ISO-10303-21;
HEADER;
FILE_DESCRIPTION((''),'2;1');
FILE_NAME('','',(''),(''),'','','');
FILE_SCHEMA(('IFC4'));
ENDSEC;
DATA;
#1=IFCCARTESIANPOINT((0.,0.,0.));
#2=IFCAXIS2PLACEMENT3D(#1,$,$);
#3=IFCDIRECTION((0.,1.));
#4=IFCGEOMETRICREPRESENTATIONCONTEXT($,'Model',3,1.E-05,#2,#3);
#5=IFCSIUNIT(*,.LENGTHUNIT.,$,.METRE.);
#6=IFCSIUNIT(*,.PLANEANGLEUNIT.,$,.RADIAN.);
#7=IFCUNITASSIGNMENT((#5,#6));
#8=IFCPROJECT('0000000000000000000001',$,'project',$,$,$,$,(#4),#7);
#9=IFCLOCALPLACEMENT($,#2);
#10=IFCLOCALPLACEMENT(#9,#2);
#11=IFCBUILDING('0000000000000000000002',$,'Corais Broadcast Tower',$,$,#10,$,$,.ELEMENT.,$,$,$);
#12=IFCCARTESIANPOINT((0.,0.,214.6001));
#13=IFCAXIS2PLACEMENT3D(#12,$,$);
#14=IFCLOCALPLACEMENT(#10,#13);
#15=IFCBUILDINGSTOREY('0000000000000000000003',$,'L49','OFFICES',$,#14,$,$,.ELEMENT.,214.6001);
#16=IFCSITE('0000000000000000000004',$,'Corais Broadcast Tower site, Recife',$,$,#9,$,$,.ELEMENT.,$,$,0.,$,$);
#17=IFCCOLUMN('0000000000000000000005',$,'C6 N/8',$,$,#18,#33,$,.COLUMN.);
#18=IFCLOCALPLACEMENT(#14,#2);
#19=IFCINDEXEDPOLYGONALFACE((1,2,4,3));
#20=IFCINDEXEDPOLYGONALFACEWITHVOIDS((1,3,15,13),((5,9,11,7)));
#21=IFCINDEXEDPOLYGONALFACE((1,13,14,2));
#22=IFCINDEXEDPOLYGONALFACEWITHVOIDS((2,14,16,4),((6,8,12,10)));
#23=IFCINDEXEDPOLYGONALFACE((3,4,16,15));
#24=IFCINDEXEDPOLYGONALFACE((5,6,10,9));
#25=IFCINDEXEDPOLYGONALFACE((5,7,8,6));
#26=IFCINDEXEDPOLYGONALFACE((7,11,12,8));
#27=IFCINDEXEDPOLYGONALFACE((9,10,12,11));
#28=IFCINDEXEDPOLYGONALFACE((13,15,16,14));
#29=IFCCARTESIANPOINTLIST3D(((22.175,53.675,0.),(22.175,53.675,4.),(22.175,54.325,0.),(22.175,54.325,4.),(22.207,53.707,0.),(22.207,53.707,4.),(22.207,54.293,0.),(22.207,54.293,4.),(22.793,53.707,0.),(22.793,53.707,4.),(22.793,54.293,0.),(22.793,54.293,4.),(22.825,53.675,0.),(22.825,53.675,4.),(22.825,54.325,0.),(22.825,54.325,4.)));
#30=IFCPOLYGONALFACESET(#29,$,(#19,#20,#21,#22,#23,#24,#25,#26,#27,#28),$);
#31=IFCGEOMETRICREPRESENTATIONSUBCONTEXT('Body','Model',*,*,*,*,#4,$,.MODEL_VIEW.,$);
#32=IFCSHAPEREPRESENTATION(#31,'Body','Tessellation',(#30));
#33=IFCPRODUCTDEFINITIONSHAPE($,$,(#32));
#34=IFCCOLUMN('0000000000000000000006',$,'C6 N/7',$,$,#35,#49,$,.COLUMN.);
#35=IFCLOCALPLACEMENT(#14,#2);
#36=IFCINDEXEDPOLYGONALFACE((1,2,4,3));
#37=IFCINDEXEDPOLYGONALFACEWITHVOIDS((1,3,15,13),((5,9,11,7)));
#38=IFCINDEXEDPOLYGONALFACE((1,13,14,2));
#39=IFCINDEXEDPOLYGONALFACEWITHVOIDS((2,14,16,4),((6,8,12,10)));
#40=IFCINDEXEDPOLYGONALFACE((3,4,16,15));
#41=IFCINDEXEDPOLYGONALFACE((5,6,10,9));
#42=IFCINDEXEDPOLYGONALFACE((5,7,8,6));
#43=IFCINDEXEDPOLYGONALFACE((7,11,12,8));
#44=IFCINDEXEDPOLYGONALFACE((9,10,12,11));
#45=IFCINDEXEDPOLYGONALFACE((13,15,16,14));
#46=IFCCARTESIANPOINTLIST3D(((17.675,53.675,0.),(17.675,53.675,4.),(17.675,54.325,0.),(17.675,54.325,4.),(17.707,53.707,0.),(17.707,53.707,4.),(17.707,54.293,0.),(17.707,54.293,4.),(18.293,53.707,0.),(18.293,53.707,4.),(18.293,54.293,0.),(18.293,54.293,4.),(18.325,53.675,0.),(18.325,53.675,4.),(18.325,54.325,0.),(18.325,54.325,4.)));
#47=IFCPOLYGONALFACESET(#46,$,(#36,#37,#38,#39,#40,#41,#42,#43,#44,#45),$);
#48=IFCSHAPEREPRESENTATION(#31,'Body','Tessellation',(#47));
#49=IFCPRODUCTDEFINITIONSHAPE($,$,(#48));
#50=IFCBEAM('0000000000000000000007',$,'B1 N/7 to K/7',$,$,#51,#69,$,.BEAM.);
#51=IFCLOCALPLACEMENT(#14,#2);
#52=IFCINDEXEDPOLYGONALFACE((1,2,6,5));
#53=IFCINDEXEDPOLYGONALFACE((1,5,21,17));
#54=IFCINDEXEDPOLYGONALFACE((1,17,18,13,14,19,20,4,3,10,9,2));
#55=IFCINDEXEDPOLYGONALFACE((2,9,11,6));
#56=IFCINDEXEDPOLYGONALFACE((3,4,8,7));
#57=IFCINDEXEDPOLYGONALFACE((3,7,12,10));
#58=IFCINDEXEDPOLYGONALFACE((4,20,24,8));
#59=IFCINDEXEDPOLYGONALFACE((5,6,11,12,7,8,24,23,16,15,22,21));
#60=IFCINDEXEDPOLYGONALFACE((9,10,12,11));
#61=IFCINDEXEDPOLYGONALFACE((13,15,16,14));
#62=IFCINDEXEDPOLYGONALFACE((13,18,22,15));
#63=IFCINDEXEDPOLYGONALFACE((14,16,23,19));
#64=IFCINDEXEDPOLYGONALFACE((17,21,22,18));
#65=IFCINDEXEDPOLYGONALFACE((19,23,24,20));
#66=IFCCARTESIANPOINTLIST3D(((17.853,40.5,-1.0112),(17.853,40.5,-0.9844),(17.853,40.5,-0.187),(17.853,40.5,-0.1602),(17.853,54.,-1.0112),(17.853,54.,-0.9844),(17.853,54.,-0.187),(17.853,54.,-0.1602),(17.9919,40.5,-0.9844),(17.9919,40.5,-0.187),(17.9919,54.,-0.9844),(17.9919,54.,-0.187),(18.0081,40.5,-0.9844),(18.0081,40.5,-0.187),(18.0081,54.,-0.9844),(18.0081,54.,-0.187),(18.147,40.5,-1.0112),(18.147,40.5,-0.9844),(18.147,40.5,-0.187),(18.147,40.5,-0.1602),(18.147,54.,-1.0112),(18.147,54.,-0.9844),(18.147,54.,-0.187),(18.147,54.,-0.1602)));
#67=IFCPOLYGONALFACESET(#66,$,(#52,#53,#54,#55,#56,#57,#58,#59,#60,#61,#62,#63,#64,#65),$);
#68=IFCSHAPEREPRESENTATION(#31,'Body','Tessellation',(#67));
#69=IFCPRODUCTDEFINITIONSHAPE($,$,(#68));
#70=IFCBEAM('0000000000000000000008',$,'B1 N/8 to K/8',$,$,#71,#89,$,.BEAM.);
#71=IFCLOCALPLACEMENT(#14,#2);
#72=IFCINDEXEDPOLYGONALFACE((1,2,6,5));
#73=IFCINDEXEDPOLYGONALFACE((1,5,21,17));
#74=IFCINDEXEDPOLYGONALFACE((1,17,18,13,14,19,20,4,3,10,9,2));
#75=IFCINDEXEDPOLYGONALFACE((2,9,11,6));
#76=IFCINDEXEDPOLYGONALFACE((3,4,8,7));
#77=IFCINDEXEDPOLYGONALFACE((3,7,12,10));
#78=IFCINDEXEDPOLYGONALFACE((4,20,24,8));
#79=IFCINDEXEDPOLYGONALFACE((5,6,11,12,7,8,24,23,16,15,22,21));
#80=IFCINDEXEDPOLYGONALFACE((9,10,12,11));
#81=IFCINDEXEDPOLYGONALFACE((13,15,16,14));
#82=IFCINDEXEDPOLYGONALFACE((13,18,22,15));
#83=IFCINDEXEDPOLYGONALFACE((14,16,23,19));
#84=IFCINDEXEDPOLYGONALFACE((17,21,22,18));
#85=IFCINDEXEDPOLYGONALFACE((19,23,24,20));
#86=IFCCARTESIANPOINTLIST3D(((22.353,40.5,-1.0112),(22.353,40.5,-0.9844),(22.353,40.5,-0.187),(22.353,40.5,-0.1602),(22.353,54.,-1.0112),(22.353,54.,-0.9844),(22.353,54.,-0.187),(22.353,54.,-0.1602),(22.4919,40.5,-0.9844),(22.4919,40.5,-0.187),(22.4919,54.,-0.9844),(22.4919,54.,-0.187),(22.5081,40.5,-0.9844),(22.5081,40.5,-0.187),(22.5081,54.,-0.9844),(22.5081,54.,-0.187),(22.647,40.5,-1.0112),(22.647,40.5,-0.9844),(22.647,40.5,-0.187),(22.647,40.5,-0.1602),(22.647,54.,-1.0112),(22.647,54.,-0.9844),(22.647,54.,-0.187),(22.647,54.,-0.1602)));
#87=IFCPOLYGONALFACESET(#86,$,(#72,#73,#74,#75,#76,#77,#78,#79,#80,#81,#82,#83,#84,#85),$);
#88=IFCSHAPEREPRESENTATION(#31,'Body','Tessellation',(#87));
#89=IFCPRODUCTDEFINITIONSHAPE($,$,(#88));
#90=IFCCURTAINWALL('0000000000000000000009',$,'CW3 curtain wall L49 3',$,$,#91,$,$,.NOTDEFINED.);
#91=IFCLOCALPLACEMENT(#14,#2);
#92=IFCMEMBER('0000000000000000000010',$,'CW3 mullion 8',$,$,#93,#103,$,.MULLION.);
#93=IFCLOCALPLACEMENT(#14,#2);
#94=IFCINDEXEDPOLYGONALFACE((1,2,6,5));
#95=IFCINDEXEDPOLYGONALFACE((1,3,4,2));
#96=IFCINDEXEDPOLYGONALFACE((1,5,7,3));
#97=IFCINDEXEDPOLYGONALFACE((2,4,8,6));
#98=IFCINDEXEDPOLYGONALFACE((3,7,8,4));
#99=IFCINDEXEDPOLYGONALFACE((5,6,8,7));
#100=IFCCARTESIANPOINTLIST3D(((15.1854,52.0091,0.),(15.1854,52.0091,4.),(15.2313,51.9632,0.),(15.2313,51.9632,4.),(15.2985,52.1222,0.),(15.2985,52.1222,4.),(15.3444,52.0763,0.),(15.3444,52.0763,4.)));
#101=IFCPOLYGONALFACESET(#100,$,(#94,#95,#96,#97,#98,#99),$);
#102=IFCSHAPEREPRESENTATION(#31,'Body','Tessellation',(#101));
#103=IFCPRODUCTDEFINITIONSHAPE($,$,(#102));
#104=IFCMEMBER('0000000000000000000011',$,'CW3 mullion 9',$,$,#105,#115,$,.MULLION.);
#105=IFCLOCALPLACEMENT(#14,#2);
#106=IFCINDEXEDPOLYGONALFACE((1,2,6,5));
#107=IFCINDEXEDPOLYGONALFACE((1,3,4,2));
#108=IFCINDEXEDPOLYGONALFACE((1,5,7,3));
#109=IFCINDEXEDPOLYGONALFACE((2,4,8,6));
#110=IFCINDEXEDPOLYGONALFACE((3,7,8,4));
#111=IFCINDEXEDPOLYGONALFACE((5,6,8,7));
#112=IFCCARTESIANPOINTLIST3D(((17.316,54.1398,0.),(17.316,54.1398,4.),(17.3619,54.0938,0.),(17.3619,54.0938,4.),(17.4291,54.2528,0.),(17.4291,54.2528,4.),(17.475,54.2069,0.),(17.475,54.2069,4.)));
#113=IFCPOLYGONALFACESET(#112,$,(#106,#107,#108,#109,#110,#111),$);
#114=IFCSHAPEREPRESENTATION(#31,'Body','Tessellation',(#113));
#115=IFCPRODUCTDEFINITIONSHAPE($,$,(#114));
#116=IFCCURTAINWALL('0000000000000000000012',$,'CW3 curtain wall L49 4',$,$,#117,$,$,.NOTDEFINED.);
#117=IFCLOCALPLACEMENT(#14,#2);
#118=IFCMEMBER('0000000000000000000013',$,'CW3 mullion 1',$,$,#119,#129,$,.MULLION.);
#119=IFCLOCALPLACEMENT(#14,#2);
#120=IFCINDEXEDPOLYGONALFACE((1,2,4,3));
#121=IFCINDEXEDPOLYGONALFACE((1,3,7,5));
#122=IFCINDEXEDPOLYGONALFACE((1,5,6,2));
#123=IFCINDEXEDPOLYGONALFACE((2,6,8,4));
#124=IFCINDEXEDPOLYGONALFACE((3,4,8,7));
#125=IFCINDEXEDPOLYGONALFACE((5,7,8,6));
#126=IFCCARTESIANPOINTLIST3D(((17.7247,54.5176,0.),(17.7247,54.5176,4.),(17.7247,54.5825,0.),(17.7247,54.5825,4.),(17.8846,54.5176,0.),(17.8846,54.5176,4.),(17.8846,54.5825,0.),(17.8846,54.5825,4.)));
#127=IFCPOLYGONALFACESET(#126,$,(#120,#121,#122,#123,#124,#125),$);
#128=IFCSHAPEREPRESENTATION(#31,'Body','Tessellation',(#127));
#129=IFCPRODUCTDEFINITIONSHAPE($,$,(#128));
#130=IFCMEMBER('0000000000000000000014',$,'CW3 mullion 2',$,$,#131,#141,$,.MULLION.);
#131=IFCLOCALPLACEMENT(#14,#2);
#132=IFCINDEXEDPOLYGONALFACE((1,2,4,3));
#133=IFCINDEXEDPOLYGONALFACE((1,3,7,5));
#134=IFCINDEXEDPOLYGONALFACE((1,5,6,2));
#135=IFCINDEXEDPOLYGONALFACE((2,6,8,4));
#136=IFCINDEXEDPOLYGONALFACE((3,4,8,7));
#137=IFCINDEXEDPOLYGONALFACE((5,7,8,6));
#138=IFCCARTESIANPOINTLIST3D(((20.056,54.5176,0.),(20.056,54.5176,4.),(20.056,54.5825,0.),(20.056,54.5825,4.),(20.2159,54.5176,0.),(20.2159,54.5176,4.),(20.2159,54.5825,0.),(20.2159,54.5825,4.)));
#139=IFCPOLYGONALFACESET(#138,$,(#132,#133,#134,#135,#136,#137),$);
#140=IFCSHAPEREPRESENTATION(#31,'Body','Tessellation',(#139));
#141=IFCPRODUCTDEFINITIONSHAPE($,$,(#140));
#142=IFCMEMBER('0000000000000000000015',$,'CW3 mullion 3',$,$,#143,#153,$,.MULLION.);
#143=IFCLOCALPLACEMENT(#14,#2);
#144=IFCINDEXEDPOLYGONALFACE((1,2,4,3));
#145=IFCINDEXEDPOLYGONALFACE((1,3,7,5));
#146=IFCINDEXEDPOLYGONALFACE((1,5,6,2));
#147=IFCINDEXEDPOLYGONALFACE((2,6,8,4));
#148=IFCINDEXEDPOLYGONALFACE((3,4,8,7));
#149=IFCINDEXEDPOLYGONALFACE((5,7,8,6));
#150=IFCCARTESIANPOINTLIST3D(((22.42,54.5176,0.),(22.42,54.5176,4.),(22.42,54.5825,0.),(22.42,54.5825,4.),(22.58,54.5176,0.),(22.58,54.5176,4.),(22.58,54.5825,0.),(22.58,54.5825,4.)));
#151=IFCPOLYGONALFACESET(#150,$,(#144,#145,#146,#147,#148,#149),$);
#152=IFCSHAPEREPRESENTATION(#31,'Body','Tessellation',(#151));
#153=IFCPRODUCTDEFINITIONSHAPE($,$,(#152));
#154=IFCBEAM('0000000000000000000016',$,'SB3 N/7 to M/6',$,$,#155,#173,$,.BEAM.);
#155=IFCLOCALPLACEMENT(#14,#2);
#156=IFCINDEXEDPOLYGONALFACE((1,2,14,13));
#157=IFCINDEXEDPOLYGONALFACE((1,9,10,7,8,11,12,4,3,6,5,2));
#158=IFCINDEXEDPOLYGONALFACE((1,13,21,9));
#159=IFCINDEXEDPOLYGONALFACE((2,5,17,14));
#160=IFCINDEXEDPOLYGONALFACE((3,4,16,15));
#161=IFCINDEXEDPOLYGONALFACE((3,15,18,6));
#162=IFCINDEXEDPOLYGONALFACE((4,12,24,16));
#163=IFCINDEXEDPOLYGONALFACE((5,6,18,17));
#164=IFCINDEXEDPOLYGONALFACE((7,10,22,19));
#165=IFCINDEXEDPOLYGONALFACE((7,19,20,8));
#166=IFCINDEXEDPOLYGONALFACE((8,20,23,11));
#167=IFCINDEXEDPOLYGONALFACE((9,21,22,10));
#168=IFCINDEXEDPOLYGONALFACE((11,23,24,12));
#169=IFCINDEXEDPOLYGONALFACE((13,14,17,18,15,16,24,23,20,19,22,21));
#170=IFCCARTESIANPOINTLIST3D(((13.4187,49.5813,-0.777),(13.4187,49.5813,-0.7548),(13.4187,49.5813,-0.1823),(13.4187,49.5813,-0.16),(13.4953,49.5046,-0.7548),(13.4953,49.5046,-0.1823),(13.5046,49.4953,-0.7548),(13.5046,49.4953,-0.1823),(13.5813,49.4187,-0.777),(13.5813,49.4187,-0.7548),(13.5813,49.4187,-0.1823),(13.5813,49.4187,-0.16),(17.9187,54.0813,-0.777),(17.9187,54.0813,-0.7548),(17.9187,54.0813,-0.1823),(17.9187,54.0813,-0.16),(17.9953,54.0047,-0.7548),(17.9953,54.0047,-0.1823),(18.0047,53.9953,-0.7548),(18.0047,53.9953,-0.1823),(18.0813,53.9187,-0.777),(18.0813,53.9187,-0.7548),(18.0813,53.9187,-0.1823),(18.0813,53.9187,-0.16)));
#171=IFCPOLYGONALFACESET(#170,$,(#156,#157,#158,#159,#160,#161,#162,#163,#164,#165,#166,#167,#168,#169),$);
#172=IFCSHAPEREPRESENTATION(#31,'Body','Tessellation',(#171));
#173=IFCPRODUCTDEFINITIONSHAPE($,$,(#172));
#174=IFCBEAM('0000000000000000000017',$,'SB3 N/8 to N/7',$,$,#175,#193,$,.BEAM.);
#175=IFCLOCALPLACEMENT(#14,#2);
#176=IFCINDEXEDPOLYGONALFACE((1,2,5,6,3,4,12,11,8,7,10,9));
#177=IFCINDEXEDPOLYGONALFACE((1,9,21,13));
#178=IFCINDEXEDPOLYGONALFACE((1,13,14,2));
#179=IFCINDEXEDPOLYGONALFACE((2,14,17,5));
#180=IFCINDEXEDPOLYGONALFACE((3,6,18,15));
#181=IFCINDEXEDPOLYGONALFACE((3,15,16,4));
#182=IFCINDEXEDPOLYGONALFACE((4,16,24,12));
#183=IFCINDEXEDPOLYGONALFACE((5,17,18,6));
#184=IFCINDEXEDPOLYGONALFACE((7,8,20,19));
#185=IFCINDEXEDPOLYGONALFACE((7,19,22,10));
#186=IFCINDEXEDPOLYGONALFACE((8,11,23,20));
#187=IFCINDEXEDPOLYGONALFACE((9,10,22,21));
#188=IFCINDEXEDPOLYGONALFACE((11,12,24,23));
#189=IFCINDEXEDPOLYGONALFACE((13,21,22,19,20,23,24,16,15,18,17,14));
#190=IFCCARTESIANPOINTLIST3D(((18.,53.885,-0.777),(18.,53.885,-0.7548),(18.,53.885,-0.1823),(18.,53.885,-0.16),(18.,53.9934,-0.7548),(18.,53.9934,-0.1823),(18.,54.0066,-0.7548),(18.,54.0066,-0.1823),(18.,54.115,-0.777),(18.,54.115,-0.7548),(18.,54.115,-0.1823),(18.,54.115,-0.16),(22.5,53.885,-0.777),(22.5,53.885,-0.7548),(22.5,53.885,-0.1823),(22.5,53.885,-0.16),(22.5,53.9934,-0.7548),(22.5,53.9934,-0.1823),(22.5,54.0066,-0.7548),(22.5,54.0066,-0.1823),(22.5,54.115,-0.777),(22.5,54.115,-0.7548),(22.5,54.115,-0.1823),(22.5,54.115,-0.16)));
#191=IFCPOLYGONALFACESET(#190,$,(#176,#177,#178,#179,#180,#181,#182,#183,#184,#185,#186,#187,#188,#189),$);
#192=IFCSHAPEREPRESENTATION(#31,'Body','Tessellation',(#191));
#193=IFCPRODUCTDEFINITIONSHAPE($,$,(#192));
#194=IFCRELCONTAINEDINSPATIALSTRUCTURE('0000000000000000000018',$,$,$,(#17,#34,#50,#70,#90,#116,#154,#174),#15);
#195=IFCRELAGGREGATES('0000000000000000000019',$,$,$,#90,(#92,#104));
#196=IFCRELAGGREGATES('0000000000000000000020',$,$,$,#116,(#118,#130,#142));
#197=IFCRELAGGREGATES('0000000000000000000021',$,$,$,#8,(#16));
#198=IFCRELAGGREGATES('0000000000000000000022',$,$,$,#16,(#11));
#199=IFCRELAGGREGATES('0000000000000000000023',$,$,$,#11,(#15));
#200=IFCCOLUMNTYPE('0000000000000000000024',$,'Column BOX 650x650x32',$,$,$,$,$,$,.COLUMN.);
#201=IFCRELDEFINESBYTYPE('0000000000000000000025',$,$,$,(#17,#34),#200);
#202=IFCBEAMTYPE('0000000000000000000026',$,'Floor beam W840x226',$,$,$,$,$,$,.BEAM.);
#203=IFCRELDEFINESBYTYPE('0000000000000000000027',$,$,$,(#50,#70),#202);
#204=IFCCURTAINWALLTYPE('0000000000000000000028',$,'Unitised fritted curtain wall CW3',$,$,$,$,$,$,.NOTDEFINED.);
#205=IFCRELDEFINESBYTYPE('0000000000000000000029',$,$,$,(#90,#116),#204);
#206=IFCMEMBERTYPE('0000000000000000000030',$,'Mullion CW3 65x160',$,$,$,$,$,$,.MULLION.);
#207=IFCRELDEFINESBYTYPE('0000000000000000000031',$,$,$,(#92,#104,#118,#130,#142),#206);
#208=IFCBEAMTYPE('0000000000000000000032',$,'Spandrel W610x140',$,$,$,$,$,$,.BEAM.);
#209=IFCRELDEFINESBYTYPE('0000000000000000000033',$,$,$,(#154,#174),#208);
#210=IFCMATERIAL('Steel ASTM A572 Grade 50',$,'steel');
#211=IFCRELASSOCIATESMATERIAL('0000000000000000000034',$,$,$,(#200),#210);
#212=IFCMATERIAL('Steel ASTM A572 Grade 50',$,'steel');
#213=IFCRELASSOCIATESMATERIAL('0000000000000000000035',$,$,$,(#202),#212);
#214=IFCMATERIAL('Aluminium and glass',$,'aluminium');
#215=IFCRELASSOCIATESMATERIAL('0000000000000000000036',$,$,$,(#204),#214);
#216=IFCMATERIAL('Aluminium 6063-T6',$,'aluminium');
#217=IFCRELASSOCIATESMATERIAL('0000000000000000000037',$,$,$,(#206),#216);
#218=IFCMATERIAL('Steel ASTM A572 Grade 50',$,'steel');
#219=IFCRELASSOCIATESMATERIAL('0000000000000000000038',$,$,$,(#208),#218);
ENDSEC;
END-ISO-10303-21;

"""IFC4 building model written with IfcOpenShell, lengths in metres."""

from ifc_helpers import new_model, si_unit, direction, frame, origin, origin_2d, place, context, subcontext, project, spatial, rectangle, hollow_rectangle, i_section, extrude, material, material_profile, profile_set, type_object, element, aggregate, save


model = new_model("IFC4")

# Units and contexts
model_context = context("Model", 3, precision=1e-05, world=origin(), true_north=direction((0.0, 1.0)))
body_context = subcontext(model_context, "Body", "Model", "MODEL_VIEW")
ifc_project = project(units=[si_unit("LENGTHUNIT", "METRE"), si_unit("PLANEANGLEUNIT", "RADIAN")], contexts=[model_context])

# Site, building, storey
site_placement = place(None, origin())
site = spatial("IfcSite", under=ifc_project, at=site_placement, Name="Corais Broadcast Tower site, Recife", CompositionType="ELEMENT", RefElevation=0.0)
building_placement = place(site_placement, origin())
building = spatial("IfcBuilding", under=site, at=building_placement, Name="Corais Broadcast Tower", CompositionType="ELEMENT")
storey_placement = place(building_placement, frame((0.0, 0.0, 214.6001)))
storey = spatial("IfcBuildingStorey", under=building, at=storey_placement, Name="L49", Description="OFFICES", CompositionType="ELEMENT", Elevation=214.6001)

# Columns
ifc_material_1 = material(Name="Steel ASTM A572 Grade 50", Category="steel")
ifc_material_profile_1 = material_profile(ifc_material_1, hollow_rectangle(XDim=0.6499, YDim=0.6499, WallThickness=0.032, at=origin_2d()), Name="BOX 650x650x32")
ifc_profile_set_1 = profile_set([ifc_material_profile_1], Name="Steel ASTM A572 Grade 50")
column_type = type_object("IfcColumnType", Name="Column BOX 650x650x32", PredefinedType="COLUMN", material=ifc_profile_set_1)
for number, where, z_axis, x_axis, name in (
    (1, (22.5, 54.0, 0.0), (0.0, 0.0, 1.0), (1.0, 0.0, 0.0), "C6 N/8"),
    (2, (18.0, 54.0, 0.0), (0.0, 0.0, 1.0), (1.0, 0.0, 0.0), "C6 N/7"),
):
    element("IfcColumn", number, at=place(storey_placement, frame(where, z_axis=z_axis, x_axis=x_axis)), inside=storey, type_object=column_type, Name=name, PredefinedType="COLUMN", context=body_context, shape_type="SweptSolid", body=[
        extrude(hollow_rectangle(XDim=0.6499, YDim=0.6499, WallThickness=0.032, at=origin_2d()), origin(), (0.0, 0.0, 1.0), 4.0),
    ])

# Beams
ifc_material_2 = material(Name="Steel ASTM A572 Grade 50", Category="steel")
ifc_material_profile_2 = material_profile(ifc_material_2, i_section(OverallWidth=0.2939, OverallDepth=0.8511, WebThickness=0.0161, FlangeThickness=0.0269, at=origin_2d()), Name="W840x226")
ifc_profile_set_2 = profile_set([ifc_material_profile_2], Name="Steel ASTM A572 Grade 50")
beam_type_1 = type_object("IfcBeamType", Name="Floor beam W840x226", PredefinedType="BEAM", material=ifc_profile_set_2)
for number, where, z_axis, x_axis, name in (
    (3, (18.0, 54.0, -0.5857), (0.0, -1.0, 0.0), (1.0, 0.0, 0.0), "B1 N/7 to K/7"),
    (4, (22.5, 54.0, -0.5857), (0.0, -1.0, 0.0), (1.0, 0.0, 0.0), "B1 N/8 to K/8"),
):
    element("IfcBeam", number, at=place(storey_placement, frame(where, z_axis=z_axis, x_axis=x_axis)), inside=storey, type_object=beam_type_1, Name=name, PredefinedType="BEAM", context=body_context, shape_type="SweptSolid", body=[
        extrude(i_section(OverallWidth=0.2939, OverallDepth=0.8511, WebThickness=0.0161, FlangeThickness=0.0269, at=origin_2d()), origin(), (0.0, 0.0, 1.0), 13.5),
    ])

# Curtain walls, members
ifc_material_3 = material(Name="Aluminium and glass", Category="aluminium")
curtain_wall_type = type_object("IfcCurtainWallType", Name="Unitised fritted curtain wall CW3", PredefinedType="NOTDEFINED", material=ifc_material_3)
curtain_wall_1_placement = place(storey_placement, origin())
curtain_wall_1 = element("IfcCurtainWall", 5, at=curtain_wall_1_placement, inside=storey, type_object=curtain_wall_type, Name="CW3 curtain wall L49 3", PredefinedType="NOTDEFINED")
ifc_material_4 = material(Name="Aluminium 6063-T6", Category="aluminium")
ifc_material_profile_3 = material_profile(ifc_material_4, rectangle(XDim=0.0649, YDim=0.1599, at=origin_2d()), Name="Mullion CW3 65x160")
ifc_profile_set_3 = profile_set([ifc_material_profile_3], Name="Aluminium 6063-T6")
member_type_1 = type_object("IfcMemberType", Name="Mullion CW3 65x160", PredefinedType="MULLION", material=ifc_profile_set_3)
member_1_placement = place(storey_placement, frame((15.2649, 52.0427, 0.0), z_axis=(0.0, 0.0, 1.0), x_axis=(-0.707107, 0.707107, 0.0)))
member_1 = element("IfcMember", 6, at=member_1_placement, type_object=member_type_1, Name="CW3 mullion 8", PredefinedType="MULLION", context=body_context, shape_type="SweptSolid", body=[
    extrude(rectangle(XDim=0.0649, YDim=0.1599, at=origin_2d()), origin(), (0.0, 0.0, 1.0), 4.0),
])
member_2_placement = place(storey_placement, frame((17.3955, 54.1733, 0.0), z_axis=(0.0, 0.0, 1.0), x_axis=(-0.707107, 0.707107, 0.0)))
member_2 = element("IfcMember", 7, at=member_2_placement, type_object=member_type_1, Name="CW3 mullion 9", PredefinedType="MULLION", context=body_context, shape_type="SweptSolid", body=[
    extrude(rectangle(XDim=0.0649, YDim=0.1599, at=origin_2d()), origin(), (0.0, 0.0, 1.0), 4.0),
])
curtain_wall_2_placement = place(storey_placement, origin())
curtain_wall_2 = element("IfcCurtainWall", 8, at=curtain_wall_2_placement, inside=storey, type_object=curtain_wall_type, Name="CW3 curtain wall L49 4", PredefinedType="NOTDEFINED")
member_3_placement = place(storey_placement, frame((17.8047, 54.55, 0.0), z_axis=(0.0, 0.0, 1.0), x_axis=(0.0, 1.0, 0.0)))
member_3 = element("IfcMember", 9, at=member_3_placement, type_object=member_type_1, Name="CW3 mullion 1", PredefinedType="MULLION", context=body_context, shape_type="SweptSolid", body=[
    extrude(rectangle(XDim=0.0649, YDim=0.1599, at=origin_2d()), origin(), (0.0, 0.0, 1.0), 4.0),
])
member_4_placement = place(storey_placement, frame((20.136, 54.55, 0.0), z_axis=(0.0, 0.0, 1.0), x_axis=(0.0, 1.0, 0.0)))
member_4 = element("IfcMember", 10, at=member_4_placement, type_object=member_type_1, Name="CW3 mullion 2", PredefinedType="MULLION", context=body_context, shape_type="SweptSolid", body=[
    extrude(rectangle(XDim=0.0649, YDim=0.1599, at=origin_2d()), origin(), (0.0, 0.0, 1.0), 4.0),
])
member_5_placement = place(storey_placement, frame((22.5, 54.55, 0.0), z_axis=(0.0, 0.0, 1.0), x_axis=(0.0, 1.0, 0.0)))
member_5 = element("IfcMember", 11, at=member_5_placement, type_object=member_type_1, Name="CW3 mullion 3", PredefinedType="MULLION", context=body_context, shape_type="SweptSolid", body=[
    extrude(rectangle(XDim=0.0649, YDim=0.1599, at=origin_2d()), origin(), (0.0, 0.0, 1.0), 4.0),
])

# Beams
ifc_material_5 = material(Name="Steel ASTM A572 Grade 50", Category="steel")
ifc_material_profile_4 = material_profile(ifc_material_5, i_section(OverallWidth=0.23, OverallDepth=0.6169, WebThickness=0.0132, FlangeThickness=0.0222, at=origin_2d()), Name="W610x140")
ifc_profile_set_4 = profile_set([ifc_material_profile_4], Name="Steel ASTM A572 Grade 50")
beam_type_2 = type_object("IfcBeamType", Name="Spandrel W610x140", PredefinedType="BEAM", material=ifc_profile_set_4)
beam_1_placement = place(storey_placement, frame((18.0, 54.0, -0.4685), z_axis=(-0.707107, -0.707107, 0.0), x_axis=(0.707107, -0.707107, 0.0)))
element("IfcBeam", 12, at=beam_1_placement, inside=storey, type_object=beam_type_2, Name="SB3 N/7 to M/6", PredefinedType="BEAM", context=body_context, shape_type="SweptSolid", body=[
    extrude(i_section(OverallWidth=0.23, OverallDepth=0.6169, WebThickness=0.0132, FlangeThickness=0.0222, at=origin_2d()), origin(), (0.0, 0.0, 1.0), 6.364),
])
beam_2_placement = place(storey_placement, frame((22.5, 54.0, -0.4685), z_axis=(-1.0, 0.0, 0.0), x_axis=(0.0, -1.0, 0.0)))
element("IfcBeam", 13, at=beam_2_placement, inside=storey, type_object=beam_type_2, Name="SB3 N/8 to N/7", PredefinedType="BEAM", context=body_context, shape_type="SweptSolid", body=[
    extrude(i_section(OverallWidth=0.23, OverallDepth=0.6169, WebThickness=0.0132, FlangeThickness=0.0222, at=origin_2d()), origin(), (0.0, 0.0, 1.0), 4.5),
])

aggregate(curtain_wall_1, [member_1, member_2])
aggregate(curtain_wall_2, [member_3, member_4, member_5])

save(model, "model.ifc")
